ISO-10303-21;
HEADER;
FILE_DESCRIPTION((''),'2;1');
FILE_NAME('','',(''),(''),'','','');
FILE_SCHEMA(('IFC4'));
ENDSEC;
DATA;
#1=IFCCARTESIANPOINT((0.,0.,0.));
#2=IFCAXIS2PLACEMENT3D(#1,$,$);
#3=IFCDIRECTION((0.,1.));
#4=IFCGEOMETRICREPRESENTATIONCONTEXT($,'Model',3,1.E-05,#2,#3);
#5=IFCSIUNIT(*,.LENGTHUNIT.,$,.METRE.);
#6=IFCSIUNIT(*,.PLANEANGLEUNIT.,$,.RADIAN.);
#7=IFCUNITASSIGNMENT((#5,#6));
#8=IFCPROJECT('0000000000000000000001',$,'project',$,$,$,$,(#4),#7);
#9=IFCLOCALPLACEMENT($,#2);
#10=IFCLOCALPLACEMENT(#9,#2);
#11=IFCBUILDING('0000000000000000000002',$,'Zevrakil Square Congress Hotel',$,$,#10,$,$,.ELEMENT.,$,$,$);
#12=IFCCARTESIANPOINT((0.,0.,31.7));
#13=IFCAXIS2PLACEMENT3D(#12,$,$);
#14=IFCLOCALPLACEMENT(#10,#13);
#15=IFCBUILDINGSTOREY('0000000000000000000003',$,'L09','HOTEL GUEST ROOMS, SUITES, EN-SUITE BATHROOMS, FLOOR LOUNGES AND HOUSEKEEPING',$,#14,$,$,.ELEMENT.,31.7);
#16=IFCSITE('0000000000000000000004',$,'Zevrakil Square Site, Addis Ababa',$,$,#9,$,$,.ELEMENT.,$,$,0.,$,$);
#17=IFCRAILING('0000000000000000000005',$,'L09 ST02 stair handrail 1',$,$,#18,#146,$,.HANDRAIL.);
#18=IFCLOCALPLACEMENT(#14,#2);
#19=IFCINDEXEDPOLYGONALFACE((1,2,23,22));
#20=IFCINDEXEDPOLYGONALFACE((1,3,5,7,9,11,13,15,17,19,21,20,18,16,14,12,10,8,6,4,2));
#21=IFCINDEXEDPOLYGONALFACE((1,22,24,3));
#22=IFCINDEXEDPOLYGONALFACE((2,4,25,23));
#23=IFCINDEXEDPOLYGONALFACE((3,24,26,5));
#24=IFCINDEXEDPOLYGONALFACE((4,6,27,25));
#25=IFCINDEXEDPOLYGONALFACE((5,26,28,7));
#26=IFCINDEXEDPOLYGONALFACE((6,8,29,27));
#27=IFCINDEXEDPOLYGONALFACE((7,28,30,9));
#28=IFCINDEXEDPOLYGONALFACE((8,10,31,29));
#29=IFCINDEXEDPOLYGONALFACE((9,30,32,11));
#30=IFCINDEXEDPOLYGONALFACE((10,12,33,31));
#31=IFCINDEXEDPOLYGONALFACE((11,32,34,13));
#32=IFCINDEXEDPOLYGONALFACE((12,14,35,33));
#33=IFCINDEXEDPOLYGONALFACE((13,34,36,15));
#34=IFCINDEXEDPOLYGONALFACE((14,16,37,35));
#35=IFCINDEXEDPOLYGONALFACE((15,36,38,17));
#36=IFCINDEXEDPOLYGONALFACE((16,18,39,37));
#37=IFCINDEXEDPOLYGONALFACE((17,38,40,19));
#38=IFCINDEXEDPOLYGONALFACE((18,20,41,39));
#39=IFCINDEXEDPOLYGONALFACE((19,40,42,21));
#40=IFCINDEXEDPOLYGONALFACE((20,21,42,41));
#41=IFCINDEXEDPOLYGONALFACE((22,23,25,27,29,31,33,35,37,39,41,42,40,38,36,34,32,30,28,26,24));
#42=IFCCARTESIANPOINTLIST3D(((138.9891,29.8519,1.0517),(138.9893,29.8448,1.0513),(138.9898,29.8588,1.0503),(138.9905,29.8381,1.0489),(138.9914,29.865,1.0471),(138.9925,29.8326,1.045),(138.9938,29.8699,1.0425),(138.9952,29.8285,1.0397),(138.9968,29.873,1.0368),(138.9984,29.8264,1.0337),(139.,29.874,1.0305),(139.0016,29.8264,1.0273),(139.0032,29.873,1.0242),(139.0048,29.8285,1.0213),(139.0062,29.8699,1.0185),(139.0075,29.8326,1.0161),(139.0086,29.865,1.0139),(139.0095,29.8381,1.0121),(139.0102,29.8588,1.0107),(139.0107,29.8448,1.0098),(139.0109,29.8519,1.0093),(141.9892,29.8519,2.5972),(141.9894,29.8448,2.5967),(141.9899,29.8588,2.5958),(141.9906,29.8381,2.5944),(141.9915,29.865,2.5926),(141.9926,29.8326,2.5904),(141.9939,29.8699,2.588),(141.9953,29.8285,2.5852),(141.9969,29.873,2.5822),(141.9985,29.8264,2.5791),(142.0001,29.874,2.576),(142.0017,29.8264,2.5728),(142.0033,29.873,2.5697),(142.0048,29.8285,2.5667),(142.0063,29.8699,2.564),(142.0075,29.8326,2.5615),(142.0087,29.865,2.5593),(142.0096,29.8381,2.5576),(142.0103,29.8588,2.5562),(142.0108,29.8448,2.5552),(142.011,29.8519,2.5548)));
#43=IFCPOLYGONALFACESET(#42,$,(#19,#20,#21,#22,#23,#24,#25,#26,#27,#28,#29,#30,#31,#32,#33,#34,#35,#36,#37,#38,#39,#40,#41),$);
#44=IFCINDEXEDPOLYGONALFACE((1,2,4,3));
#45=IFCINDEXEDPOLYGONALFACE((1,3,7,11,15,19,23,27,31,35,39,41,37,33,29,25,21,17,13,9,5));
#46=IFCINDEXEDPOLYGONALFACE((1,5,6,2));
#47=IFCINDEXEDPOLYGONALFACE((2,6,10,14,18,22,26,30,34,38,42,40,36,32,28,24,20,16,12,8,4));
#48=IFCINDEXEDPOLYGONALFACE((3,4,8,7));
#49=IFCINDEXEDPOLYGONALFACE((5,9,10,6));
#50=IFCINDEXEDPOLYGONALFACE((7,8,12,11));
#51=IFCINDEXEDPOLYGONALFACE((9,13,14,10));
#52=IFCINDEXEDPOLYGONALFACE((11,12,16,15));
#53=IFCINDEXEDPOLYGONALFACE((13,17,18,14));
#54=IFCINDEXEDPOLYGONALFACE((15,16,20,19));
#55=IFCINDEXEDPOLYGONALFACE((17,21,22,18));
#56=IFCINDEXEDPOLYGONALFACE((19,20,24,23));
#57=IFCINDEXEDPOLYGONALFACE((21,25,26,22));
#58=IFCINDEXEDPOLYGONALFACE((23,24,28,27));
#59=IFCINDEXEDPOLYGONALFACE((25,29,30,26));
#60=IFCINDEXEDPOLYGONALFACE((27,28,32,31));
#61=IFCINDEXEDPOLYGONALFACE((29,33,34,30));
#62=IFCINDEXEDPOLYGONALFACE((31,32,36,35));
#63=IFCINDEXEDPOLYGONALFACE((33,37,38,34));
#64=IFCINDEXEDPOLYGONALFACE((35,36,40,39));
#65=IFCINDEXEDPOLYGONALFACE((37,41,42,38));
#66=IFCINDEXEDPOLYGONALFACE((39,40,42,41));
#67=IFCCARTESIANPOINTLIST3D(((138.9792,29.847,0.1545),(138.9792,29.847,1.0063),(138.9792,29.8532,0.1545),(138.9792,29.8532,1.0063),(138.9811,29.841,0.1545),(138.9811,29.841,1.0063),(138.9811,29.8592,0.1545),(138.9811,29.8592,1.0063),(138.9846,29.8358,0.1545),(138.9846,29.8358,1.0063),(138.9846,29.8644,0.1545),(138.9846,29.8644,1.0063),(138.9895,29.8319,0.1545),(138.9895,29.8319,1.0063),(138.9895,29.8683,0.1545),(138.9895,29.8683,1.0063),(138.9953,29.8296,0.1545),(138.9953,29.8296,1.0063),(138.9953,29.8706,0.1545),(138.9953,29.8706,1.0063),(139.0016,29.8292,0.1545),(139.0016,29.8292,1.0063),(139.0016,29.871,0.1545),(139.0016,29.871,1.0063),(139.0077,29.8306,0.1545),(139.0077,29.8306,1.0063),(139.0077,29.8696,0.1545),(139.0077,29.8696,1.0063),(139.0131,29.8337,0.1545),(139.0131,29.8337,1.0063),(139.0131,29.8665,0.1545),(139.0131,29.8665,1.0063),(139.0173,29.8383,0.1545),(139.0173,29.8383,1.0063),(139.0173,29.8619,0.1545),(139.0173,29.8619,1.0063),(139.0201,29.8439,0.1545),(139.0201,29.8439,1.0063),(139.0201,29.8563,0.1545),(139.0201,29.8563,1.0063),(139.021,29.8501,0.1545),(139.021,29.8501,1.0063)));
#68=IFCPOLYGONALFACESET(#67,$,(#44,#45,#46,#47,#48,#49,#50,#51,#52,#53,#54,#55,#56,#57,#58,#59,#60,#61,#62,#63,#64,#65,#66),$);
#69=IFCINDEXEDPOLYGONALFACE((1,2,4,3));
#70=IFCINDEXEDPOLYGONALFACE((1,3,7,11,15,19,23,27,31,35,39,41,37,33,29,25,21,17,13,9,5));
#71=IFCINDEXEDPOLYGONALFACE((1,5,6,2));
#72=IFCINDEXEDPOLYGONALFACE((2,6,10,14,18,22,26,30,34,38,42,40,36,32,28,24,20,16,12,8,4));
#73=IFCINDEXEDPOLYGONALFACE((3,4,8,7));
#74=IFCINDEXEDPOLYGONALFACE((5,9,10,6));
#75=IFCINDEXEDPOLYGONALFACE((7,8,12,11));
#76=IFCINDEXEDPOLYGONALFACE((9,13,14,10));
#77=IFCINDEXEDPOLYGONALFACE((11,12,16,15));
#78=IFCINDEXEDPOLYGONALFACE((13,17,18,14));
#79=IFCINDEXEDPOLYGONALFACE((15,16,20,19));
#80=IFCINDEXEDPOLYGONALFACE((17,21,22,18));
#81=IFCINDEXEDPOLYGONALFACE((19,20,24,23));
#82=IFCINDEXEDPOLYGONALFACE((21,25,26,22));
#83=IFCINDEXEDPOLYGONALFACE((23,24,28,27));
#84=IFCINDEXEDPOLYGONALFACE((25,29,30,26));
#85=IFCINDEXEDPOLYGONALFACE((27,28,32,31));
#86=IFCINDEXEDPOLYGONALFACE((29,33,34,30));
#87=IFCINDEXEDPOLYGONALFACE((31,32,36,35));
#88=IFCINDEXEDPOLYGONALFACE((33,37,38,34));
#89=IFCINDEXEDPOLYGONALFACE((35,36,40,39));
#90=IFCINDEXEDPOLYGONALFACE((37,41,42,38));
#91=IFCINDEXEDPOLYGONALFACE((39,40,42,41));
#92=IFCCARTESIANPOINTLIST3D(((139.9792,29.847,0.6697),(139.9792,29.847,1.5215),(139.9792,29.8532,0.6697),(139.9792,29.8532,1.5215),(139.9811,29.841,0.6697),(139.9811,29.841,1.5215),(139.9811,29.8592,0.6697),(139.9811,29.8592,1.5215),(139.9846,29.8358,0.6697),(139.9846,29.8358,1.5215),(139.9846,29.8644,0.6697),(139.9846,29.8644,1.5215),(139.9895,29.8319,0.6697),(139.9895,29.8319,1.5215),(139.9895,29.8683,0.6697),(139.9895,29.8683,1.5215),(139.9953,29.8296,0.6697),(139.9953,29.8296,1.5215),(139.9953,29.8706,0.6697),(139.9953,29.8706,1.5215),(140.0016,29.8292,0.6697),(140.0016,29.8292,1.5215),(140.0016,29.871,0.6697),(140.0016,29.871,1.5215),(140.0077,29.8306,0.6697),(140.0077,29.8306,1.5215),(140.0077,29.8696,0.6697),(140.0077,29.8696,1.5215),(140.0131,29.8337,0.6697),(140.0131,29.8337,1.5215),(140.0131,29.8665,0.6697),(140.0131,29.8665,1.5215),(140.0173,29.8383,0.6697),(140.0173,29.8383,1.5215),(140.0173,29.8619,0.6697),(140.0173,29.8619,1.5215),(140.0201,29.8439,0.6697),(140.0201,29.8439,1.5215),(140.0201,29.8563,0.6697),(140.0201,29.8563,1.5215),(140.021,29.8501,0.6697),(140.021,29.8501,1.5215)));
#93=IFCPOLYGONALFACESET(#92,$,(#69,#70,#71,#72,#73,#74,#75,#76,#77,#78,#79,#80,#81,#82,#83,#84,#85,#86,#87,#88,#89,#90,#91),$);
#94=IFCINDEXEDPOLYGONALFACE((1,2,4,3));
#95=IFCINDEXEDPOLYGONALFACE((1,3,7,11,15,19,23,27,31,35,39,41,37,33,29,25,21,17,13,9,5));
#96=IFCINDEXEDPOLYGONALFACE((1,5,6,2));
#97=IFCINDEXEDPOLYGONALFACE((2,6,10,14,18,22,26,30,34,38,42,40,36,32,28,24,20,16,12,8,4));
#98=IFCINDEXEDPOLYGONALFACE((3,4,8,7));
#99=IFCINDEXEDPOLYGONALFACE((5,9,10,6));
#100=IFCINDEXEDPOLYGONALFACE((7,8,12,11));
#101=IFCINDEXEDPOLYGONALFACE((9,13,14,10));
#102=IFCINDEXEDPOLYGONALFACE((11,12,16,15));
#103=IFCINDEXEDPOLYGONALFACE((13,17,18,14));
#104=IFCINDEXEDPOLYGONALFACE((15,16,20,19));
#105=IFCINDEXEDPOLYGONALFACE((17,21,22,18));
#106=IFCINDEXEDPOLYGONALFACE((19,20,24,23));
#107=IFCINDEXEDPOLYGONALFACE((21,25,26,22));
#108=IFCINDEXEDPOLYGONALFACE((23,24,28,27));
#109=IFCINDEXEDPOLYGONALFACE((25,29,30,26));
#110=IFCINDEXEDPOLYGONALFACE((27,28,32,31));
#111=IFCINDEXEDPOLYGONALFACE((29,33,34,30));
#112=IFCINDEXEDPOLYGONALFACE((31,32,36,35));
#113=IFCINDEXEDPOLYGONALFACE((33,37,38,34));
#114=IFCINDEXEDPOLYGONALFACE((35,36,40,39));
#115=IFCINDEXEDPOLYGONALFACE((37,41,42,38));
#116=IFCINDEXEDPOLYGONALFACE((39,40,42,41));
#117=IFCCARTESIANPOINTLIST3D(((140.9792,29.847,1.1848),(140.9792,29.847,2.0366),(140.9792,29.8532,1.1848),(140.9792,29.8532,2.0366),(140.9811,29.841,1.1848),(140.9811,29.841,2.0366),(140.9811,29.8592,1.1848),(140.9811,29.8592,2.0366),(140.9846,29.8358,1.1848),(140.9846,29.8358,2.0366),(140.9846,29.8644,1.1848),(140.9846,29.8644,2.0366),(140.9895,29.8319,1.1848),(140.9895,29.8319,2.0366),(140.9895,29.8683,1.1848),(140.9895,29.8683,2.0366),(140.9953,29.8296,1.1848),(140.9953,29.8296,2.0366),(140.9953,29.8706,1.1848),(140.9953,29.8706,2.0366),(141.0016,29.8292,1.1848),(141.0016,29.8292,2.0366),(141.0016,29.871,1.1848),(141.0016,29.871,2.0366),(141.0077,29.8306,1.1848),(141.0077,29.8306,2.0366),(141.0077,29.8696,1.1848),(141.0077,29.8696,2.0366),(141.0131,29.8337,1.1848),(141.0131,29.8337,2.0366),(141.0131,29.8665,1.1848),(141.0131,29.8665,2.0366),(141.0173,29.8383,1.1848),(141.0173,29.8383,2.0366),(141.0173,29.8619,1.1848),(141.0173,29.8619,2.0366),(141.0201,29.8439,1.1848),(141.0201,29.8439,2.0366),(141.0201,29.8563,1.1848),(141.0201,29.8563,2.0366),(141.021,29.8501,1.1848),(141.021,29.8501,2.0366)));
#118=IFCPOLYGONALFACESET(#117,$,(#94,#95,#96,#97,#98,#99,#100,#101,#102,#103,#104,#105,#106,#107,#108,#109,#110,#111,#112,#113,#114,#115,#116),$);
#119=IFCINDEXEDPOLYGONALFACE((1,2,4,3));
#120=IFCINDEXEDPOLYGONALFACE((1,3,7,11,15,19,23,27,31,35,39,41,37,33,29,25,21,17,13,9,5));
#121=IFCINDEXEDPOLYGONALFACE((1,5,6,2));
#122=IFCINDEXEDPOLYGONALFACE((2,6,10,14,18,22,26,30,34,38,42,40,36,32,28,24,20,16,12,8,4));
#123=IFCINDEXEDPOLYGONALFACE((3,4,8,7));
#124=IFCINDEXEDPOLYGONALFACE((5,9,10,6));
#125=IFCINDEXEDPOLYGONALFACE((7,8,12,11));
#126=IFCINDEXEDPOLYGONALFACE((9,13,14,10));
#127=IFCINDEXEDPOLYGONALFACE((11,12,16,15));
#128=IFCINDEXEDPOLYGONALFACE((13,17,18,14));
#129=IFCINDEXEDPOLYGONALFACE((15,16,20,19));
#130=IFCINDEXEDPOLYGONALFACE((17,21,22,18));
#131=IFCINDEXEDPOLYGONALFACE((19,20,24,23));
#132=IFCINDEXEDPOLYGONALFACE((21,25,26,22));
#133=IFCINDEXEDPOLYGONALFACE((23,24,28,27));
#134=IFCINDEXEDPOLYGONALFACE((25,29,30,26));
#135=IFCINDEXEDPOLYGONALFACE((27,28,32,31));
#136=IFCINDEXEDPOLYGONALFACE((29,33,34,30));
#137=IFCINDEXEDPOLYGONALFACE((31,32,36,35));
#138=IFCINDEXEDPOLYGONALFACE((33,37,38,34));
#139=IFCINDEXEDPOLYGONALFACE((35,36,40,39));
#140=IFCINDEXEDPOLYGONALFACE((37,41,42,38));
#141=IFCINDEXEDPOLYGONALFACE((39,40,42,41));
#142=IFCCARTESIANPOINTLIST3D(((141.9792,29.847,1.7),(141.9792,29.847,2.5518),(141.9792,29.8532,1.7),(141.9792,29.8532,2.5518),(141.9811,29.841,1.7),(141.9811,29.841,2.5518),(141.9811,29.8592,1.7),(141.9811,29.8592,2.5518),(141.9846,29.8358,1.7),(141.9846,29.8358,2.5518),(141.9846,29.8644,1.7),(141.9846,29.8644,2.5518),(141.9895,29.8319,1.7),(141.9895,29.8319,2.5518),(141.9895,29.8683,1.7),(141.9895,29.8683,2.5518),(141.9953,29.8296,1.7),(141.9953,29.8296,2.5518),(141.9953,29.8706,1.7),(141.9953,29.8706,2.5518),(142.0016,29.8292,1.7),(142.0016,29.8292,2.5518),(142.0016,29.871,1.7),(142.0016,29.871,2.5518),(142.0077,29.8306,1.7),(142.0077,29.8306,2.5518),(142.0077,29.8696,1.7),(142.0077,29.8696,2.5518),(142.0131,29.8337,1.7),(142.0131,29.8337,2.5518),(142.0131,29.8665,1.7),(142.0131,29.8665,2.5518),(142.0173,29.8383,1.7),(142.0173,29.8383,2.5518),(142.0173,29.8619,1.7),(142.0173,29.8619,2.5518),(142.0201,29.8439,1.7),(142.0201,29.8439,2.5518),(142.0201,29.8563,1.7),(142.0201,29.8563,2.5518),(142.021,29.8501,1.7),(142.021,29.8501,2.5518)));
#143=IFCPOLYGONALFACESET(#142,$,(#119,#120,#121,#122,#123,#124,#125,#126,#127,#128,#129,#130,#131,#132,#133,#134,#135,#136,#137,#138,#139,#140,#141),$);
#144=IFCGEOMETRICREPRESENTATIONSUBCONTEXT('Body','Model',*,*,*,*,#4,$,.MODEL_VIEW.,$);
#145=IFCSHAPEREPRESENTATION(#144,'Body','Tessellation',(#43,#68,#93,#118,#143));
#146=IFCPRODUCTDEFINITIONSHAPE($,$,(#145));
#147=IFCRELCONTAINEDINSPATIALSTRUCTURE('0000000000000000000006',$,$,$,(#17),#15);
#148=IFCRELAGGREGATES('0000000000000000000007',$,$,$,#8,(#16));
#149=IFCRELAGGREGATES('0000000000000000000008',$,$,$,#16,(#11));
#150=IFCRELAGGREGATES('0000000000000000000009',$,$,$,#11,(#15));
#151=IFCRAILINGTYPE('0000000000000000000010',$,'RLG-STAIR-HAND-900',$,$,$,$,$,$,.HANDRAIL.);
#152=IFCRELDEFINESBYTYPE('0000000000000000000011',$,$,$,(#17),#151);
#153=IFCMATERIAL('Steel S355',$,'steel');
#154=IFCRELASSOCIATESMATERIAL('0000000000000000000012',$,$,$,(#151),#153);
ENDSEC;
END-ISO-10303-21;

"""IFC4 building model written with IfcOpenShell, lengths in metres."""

from ifc_helpers import new_model, si_unit, direction, frame, origin, origin_2d, place, context, subcontext, project, spatial, circle, extrude, material, type_object, element, save


model = new_model("IFC4")

# Units and contexts
model_context = context("Model", 3, precision=1e-05, world=origin(), true_north=direction((0.0, 1.0)))
body_context = subcontext(model_context, "Body", "Model", "MODEL_VIEW")
ifc_project = project(units=[si_unit("LENGTHUNIT", "METRE"), si_unit("PLANEANGLEUNIT", "RADIAN")], contexts=[model_context])

# Site, building, storey
site_placement = place(None, origin())
site = spatial("IfcSite", under=ifc_project, at=site_placement, Name="Zevrakil Square Site, Addis Ababa", CompositionType="ELEMENT", RefElevation=0.0)
building_placement = place(site_placement, origin())
building = spatial("IfcBuilding", under=site, at=building_placement, Name="Zevrakil Square Congress Hotel", CompositionType="ELEMENT")
storey_placement = place(building_placement, frame((0.0, 0.0, 31.7)))
storey = spatial("IfcBuildingStorey", under=building, at=storey_placement, Name="L09", Description="HOTEL GUEST ROOMS, SUITES, EN-SUITE BATHROOMS, FLOOR LOUNGES AND HOUSEKEEPING", CompositionType="ELEMENT", Elevation=31.7)

# Railing
ifc_material_1 = material(Name="Steel S355", Category="steel")
railing_type_1 = type_object("IfcRailingType", Name="RLG-STAIR-HAND-900", PredefinedType="HANDRAIL", material=ifc_material_1)
railing_1_placement = place(storey_placement, frame((139.0, 29.8501, 0.1545)))
element("IfcRailing", 1, at=railing_1_placement, inside=storey, type_object=railing_type_1, Name="L09 ST02 stair handrail 1", PredefinedType="HANDRAIL", context=body_context, shape_type="SweptSolid", body=[
    extrude(circle(Radius=0.0239, at=origin_2d()), frame((0.0, 0.0, 0.876), z_axis=(0.88898, 0.0, 0.457946), x_axis=(0.0, 1.0, 0.0)), (0.0, 0.0, 1.0), 3.3748),
    extrude(circle(Radius=0.021, at=origin_2d()), origin(), (0.0, 0.0, 1.0), 0.8518),
    extrude(circle(Radius=0.021, at=origin_2d()), frame((1.0, 0.0, 0.5151)), (0.0, 0.0, 1.0), 0.8518),
    extrude(circle(Radius=0.021, at=origin_2d()), frame((2.0, 0.0, 1.0303)), (0.0, 0.0, 1.0), 0.8518),
    extrude(circle(Radius=0.021, at=origin_2d()), frame((3.0, 0.0, 1.5454)), (0.0, 0.0, 1.0), 0.8518),
])

save(model, "model.ifc")
